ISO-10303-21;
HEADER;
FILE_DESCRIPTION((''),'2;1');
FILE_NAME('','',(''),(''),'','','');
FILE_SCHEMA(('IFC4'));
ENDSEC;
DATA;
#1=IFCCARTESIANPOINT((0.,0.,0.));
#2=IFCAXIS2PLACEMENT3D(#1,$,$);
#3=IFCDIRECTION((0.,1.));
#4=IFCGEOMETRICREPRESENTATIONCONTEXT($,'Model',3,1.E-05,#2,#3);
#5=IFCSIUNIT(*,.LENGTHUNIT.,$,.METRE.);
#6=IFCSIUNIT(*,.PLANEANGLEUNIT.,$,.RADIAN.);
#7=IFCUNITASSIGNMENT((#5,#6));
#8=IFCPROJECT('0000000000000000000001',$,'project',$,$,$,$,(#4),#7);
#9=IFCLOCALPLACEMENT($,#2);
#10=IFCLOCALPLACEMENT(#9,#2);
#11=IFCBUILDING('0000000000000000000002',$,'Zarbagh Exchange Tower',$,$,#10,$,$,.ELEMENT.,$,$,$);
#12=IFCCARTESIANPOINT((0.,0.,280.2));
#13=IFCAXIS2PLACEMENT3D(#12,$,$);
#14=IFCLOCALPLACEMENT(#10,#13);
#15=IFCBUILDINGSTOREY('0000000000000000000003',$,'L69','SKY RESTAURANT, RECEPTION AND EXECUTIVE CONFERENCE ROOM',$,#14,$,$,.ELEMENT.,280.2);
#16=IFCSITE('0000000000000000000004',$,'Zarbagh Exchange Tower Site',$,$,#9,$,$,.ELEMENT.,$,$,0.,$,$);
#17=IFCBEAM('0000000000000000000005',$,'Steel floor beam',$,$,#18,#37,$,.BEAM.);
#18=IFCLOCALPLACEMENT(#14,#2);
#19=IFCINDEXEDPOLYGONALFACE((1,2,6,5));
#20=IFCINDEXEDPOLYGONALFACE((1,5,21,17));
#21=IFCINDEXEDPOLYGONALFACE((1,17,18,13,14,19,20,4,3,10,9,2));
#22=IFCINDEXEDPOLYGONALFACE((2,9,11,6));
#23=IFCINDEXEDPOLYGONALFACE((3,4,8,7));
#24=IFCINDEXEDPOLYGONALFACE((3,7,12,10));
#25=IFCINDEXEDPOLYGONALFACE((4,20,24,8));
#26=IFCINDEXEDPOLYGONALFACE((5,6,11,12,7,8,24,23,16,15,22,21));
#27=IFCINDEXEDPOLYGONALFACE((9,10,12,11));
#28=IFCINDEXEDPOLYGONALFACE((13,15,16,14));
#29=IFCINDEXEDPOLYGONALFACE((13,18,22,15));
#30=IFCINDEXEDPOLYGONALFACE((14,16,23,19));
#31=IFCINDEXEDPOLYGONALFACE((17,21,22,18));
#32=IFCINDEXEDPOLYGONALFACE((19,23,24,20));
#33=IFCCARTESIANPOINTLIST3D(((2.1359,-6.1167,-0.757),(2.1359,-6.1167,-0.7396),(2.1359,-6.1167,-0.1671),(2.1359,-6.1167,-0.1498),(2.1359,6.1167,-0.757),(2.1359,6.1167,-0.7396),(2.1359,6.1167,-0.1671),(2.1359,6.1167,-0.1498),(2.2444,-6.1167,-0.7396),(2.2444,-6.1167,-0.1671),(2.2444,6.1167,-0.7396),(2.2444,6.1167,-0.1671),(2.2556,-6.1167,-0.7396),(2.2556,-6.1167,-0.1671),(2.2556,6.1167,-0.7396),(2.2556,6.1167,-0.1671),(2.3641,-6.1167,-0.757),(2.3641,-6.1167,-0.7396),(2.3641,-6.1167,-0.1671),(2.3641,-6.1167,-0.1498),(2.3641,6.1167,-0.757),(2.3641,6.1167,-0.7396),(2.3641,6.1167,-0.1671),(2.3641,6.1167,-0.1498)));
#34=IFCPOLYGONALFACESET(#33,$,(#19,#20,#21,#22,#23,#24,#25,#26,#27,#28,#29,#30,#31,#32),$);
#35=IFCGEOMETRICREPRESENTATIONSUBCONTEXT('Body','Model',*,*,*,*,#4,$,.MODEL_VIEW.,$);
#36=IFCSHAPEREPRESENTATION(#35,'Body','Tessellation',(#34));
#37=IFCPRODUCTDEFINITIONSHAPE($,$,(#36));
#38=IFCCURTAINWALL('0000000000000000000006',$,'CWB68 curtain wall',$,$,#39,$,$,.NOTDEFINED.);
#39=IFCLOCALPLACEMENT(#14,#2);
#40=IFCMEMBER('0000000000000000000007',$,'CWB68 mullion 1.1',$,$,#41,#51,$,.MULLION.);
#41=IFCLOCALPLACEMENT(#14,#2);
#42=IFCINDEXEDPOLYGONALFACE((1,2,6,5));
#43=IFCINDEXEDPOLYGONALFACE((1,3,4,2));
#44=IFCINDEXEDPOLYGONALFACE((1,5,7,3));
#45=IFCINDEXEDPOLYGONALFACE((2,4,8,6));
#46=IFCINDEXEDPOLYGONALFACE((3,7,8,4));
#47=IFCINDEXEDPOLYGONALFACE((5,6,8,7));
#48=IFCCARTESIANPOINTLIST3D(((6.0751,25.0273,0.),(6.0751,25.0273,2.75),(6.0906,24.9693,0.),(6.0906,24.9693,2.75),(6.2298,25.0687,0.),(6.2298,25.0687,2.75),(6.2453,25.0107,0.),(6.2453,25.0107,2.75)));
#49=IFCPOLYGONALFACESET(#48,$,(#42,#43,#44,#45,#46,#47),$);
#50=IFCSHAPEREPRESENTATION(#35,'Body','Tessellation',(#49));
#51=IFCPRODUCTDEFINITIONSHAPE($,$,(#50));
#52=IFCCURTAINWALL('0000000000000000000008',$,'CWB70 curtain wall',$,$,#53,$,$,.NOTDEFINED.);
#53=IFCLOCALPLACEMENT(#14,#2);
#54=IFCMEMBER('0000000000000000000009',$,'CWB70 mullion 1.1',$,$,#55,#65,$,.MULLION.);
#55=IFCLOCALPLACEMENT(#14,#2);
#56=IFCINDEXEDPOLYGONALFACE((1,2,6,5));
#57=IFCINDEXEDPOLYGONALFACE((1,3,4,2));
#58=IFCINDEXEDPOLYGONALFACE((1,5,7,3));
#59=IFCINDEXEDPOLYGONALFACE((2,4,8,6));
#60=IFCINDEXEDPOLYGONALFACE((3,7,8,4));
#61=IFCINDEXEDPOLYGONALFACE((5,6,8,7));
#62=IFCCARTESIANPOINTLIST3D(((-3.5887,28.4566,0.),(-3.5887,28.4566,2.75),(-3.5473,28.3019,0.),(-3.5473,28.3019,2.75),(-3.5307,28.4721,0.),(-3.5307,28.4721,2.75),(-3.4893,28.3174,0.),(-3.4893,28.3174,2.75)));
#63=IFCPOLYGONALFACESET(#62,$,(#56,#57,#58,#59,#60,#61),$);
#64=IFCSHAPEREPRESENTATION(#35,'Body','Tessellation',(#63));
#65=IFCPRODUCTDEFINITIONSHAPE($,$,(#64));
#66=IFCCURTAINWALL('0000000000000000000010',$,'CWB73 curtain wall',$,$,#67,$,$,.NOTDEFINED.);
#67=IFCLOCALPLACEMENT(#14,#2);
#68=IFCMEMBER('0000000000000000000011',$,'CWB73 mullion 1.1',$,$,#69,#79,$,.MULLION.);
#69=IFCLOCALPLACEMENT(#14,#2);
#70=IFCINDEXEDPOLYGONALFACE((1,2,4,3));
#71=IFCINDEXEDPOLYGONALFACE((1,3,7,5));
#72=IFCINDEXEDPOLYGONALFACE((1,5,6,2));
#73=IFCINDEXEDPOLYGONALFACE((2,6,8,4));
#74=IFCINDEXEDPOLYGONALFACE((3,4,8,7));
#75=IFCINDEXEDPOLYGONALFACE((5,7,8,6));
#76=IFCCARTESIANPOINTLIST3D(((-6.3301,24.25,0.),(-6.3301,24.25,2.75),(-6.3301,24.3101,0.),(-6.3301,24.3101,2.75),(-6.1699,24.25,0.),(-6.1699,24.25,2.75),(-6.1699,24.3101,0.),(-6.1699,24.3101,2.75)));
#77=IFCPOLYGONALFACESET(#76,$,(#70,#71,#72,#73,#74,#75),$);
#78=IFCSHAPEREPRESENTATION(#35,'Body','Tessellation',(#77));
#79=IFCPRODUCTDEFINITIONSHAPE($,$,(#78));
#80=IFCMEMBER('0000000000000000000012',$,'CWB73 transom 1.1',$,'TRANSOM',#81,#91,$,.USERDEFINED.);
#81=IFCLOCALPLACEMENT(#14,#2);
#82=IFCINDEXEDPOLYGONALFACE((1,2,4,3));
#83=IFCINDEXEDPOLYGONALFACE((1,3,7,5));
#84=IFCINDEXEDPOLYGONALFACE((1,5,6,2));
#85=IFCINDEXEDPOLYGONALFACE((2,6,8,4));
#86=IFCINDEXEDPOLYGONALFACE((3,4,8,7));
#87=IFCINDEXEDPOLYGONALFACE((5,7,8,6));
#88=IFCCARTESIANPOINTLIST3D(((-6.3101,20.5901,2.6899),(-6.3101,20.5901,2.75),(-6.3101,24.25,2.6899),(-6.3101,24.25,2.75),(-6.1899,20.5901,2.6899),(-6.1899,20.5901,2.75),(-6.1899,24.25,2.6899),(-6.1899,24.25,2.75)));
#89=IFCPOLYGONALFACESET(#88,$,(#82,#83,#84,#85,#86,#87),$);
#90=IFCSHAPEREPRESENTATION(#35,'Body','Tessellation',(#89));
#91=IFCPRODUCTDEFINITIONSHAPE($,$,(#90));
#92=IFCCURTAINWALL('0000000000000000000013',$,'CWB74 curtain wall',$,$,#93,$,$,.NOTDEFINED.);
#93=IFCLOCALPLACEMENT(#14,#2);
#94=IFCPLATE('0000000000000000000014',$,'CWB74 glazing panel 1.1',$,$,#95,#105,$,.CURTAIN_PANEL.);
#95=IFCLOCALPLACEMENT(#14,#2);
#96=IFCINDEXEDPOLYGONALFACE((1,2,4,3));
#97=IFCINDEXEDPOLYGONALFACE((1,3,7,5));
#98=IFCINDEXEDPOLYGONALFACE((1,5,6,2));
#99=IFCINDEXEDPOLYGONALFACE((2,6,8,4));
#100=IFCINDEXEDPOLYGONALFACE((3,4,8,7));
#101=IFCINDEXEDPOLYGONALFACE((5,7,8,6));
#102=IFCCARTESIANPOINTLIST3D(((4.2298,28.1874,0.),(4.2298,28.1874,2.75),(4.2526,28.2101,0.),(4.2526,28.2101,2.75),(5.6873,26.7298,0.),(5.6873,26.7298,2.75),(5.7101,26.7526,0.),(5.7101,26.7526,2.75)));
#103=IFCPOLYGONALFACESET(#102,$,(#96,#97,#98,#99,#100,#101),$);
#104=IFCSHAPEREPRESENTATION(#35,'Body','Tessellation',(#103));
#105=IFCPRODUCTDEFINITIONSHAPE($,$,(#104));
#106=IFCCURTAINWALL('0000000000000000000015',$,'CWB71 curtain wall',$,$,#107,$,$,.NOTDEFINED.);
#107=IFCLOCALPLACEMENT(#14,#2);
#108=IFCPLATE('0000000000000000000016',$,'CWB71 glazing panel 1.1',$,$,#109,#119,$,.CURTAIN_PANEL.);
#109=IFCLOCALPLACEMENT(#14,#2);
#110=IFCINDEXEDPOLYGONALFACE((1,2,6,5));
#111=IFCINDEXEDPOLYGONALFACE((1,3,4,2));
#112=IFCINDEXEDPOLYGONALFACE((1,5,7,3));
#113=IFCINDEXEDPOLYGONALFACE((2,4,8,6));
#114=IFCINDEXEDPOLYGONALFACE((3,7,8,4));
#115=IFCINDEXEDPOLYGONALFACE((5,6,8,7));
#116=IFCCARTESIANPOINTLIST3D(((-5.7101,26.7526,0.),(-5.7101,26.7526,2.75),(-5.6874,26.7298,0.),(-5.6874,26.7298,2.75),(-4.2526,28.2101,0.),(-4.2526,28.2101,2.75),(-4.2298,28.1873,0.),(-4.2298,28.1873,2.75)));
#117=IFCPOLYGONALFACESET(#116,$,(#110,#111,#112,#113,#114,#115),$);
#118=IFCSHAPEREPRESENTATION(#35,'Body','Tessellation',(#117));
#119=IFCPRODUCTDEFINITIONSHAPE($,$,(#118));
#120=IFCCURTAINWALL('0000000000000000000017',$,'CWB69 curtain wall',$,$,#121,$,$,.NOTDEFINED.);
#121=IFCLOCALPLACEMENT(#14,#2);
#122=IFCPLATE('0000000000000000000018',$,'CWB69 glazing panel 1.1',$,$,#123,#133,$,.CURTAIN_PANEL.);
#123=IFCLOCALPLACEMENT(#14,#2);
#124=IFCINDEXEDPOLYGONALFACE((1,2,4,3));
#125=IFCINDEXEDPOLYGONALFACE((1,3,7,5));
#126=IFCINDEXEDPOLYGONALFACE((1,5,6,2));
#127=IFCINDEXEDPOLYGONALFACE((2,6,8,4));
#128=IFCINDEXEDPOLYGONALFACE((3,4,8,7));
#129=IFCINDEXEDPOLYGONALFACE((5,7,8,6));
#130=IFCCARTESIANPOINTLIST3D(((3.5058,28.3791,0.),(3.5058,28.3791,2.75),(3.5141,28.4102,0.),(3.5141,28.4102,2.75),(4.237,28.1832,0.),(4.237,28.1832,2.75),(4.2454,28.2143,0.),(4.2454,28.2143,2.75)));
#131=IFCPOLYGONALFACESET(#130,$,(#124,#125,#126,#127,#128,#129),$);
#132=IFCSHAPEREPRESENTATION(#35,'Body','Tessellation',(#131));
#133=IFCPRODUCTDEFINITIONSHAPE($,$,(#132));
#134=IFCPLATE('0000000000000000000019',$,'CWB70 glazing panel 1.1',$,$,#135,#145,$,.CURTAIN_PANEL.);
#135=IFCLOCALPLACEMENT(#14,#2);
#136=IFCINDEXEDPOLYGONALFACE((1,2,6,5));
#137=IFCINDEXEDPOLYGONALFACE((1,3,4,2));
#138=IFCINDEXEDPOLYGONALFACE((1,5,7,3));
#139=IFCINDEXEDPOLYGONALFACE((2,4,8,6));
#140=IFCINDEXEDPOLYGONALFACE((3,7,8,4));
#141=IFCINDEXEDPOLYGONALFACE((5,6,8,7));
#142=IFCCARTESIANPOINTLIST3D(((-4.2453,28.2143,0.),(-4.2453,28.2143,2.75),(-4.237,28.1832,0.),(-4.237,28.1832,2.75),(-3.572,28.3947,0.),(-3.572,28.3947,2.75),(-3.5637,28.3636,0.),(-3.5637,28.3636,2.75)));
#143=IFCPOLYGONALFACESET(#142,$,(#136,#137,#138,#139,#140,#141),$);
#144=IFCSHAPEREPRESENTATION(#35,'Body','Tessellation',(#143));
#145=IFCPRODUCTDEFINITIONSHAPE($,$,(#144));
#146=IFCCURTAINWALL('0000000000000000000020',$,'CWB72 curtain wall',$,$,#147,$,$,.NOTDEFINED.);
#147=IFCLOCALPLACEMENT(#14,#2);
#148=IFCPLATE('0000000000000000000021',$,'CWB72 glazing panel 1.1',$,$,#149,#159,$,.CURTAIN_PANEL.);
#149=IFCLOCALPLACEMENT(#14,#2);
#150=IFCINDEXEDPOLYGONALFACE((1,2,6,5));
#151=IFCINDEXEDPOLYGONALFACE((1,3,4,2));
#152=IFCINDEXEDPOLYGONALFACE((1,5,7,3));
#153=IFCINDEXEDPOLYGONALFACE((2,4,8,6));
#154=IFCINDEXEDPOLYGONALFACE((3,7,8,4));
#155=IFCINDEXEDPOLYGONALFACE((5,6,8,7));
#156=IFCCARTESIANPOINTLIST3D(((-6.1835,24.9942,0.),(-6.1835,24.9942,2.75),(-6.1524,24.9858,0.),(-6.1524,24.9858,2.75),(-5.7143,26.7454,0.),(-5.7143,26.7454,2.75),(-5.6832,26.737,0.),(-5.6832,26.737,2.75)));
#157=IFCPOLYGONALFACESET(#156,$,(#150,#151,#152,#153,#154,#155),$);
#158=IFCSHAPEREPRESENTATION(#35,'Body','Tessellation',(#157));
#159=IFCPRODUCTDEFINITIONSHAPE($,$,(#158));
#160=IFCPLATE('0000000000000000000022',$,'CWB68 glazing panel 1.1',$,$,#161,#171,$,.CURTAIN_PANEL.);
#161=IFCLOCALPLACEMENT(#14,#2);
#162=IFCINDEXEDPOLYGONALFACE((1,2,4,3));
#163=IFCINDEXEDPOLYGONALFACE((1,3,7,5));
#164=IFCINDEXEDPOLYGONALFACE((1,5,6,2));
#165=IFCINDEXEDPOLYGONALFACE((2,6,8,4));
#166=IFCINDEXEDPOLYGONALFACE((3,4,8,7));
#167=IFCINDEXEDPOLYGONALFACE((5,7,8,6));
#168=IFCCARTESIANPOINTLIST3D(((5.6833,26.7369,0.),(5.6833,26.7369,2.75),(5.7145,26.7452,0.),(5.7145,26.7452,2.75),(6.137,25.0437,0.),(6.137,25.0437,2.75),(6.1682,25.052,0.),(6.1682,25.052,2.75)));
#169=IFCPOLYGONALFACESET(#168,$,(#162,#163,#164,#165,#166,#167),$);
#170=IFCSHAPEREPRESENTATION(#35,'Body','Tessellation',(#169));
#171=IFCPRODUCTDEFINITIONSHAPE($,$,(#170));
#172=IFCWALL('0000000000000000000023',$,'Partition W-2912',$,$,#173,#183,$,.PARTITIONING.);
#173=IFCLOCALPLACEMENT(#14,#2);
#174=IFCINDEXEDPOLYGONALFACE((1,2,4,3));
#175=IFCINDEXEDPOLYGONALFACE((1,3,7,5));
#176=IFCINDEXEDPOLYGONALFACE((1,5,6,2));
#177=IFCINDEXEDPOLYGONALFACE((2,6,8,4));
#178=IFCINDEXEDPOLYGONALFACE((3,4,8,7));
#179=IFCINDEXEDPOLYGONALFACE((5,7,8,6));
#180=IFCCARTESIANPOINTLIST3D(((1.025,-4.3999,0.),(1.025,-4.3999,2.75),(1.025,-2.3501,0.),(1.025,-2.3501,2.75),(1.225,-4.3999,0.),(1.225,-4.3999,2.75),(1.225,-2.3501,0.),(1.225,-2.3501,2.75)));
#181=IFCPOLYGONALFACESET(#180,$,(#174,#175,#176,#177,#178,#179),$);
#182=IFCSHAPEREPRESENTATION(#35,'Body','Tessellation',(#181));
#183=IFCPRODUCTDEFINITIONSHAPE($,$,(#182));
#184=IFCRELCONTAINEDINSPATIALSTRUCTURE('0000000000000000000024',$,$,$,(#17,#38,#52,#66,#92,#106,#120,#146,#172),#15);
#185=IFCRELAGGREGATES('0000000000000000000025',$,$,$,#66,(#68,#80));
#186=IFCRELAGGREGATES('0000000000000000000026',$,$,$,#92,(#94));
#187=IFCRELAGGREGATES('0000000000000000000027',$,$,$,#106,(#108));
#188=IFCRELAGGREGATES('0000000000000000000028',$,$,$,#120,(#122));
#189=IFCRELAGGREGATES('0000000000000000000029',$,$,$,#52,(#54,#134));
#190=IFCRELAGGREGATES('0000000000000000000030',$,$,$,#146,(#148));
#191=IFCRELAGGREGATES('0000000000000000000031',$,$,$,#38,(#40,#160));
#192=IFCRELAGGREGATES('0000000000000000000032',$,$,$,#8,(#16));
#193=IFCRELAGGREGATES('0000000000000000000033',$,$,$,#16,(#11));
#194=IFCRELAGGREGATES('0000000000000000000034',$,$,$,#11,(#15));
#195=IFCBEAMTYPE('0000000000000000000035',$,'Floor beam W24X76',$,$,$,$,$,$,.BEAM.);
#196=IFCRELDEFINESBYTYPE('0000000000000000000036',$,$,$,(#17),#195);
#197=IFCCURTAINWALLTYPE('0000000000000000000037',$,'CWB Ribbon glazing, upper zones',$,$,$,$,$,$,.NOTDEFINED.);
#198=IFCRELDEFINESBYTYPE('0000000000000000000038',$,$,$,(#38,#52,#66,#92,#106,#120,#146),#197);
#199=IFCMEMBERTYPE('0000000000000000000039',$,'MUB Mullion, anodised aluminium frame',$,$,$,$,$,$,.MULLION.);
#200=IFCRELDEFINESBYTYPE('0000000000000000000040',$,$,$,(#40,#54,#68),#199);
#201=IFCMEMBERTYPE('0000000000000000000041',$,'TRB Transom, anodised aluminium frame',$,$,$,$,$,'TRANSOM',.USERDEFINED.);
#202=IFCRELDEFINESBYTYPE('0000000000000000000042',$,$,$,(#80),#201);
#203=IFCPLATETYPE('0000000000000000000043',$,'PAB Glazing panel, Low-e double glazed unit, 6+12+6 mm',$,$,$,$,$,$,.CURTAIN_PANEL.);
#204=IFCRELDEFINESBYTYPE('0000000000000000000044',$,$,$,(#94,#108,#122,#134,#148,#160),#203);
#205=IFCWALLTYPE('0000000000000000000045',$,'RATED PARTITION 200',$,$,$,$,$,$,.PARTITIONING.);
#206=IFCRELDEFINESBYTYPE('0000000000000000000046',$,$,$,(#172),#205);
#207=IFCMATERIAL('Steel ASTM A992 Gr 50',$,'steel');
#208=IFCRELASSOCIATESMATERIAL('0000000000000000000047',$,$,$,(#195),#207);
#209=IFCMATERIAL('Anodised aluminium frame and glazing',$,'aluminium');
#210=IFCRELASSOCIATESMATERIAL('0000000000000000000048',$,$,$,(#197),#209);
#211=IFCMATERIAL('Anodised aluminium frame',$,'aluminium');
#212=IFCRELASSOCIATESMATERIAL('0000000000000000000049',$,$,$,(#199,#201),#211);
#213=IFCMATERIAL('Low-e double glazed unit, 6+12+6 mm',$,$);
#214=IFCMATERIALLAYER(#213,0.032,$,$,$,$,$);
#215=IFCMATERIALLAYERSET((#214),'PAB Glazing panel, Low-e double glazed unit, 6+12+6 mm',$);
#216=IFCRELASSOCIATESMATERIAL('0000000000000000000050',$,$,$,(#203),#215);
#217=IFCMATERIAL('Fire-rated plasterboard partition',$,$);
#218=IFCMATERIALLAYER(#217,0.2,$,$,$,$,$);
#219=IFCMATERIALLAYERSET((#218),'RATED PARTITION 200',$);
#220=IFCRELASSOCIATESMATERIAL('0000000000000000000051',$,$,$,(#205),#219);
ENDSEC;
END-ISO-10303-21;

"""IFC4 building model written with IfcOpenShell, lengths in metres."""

from ifc_helpers import new_model, si_unit, direction, frame, frame_2d, origin, origin_2d, place, context, subcontext, project, spatial, polyline, rectangle, i_section, outline, extrude, source, transform, mapped, material, layer, layer_set, material_profile, profile_set, type_object, element, aggregate, save


model = new_model("IFC4")

# Units and contexts
model_context = context("Model", 3, precision=1e-05, world=origin(), true_north=direction((0.0, 1.0)))
body_context = subcontext(model_context, "Body", "Model", "MODEL_VIEW")
ifc_project = project(units=[si_unit("LENGTHUNIT", "METRE"), si_unit("PLANEANGLEUNIT", "RADIAN")], contexts=[model_context])

# Site, building, storey
site_placement = place(None, origin())
site = spatial("IfcSite", under=ifc_project, at=site_placement, Name="Zarbagh Exchange Tower Site", CompositionType="ELEMENT", RefElevation=0.0)
building_placement = place(site_placement, origin())
building = spatial("IfcBuilding", under=site, at=building_placement, Name="Zarbagh Exchange Tower", CompositionType="ELEMENT")
storey_placement = place(building_placement, frame((0.0, 0.0, 280.2)))
storey = spatial("IfcBuildingStorey", under=building, at=storey_placement, Name="L69", Description="SKY RESTAURANT, RECEPTION AND EXECUTIVE CONFERENCE ROOM", CompositionType="ELEMENT", Elevation=280.2)

# Beam
ifc_material_1 = material(Name="Steel ASTM A992 Gr 50", Category="steel")
ifc_material_profile = material_profile(ifc_material_1, i_section(OverallWidth=0.2283, OverallDepth=0.6072, WebThickness=0.0112, FlangeThickness=0.0173, at=origin_2d()), Name="W24X76")
ifc_profile_set = profile_set([ifc_material_profile], Name="Steel ASTM A992 Gr 50")
beam_type = type_object("IfcBeamType", Name="Floor beam W24X76", PredefinedType="BEAM", material=ifc_profile_set)
beam_placement = place(storey_placement, frame((2.25, -6.1167, -0.4534), z_axis=(0.0, 1.0, 0.0), x_axis=(-1.0, 0.0, 0.0)))
element("IfcBeam", 1, at=beam_placement, inside=storey, type_object=beam_type, Name="Steel floor beam", PredefinedType="BEAM", context=body_context, shape_type="SweptSolid", body=[
    extrude(i_section(OverallWidth=0.2283, OverallDepth=0.6072, WebThickness=0.0112, FlangeThickness=0.0173, at=origin_2d()), origin(), (0.0, 0.0, 1.0), 12.2334),
])

# Curtain walls, members
ifc_material_2 = material(Name="Anodised aluminium frame and glazing", Category="aluminium")
curtain_wall_type = type_object("IfcCurtainWallType", Name="CWB Ribbon glazing, upper zones", PredefinedType="NOTDEFINED", material=ifc_material_2)
curtain_wall_1_placement = place(storey_placement, origin())
curtain_wall_1 = element("IfcCurtainWall", 2, at=curtain_wall_1_placement, inside=storey, type_object=curtain_wall_type, Name="CWB68 curtain wall", PredefinedType="NOTDEFINED")
ifc_material_3 = material(Name="Anodised aluminium frame", Category="aluminium")
member_type_1 = type_object("IfcMemberType", Name="MUB Mullion, anodised aluminium frame", PredefinedType="MULLION", material=ifc_material_3)
shared_shape_1 = source(origin(), body_context, "Body", "SweptSolid", [
    extrude(outline(polyline([(0.0, -0.0801), (0.0601, -0.0801), (0.0601, 0.0801), (0.0, 0.0801), (0.0, -0.0801)])), origin(), (0.0, 0.0, 1.0), 2.75),
])
placement = place(storey_placement, origin())
member_1 = element("IfcMember", 3, at=placement, type_object=member_type_1, Name="CWB68 mullion 1.1", PredefinedType="MULLION", context=body_context, shape_type="MappedRepresentation", body=[
    mapped(shared_shape_1, transform((6.168, 24.99, 0.0), x_axis=(-0.258825, 0.965924, 0.0), y_axis=(-0.965924, -0.258825, 0.0), z_axis=(0.0, 0.0, 1.0))),
])
curtain_wall_2_placement = place(storey_placement, origin())
curtain_wall_2 = element("IfcCurtainWall", 4, at=curtain_wall_2_placement, inside=storey, type_object=curtain_wall_type, Name="CWB70 curtain wall", PredefinedType="NOTDEFINED")
member_2 = element("IfcMember", 5, at=placement, type_object=member_type_1, Name="CWB70 mullion 1.1", PredefinedType="MULLION", context=body_context, shape_type="MappedRepresentation", body=[
    mapped(shared_shape_1, transform((-3.51, 28.3948, 0.0), x_axis=(-0.965924, -0.258825, 0.0), y_axis=(0.258825, -0.965924, 0.0), z_axis=(0.0, 0.0, 1.0))),
])

# Curtain wall, members
curtain_wall_3_placement = place(storey_placement, origin())
curtain_wall_3 = element("IfcCurtainWall", 6, at=curtain_wall_3_placement, inside=storey, type_object=curtain_wall_type, Name="CWB73 curtain wall", PredefinedType="NOTDEFINED")
member_3 = element("IfcMember", 7, at=placement, type_object=member_type_1, Name="CWB73 mullion 1.1", PredefinedType="MULLION", context=body_context, shape_type="MappedRepresentation", body=[
    mapped(shared_shape_1, transform((-6.25, 24.3101, 0.0), x_axis=(0.0, -1.0, 0.0), y_axis=(1.0, 0.0, 0.0), z_axis=(0.0, 0.0, 1.0))),
])
member_type_2 = type_object("IfcMemberType", Name="TRB Transom, anodised aluminium frame", ElementType="TRANSOM", PredefinedType="USERDEFINED", material=ifc_material_3)
shared_shape_2 = source(origin(), body_context, "Body", "SweptSolid", [
    extrude(outline(polyline([(-0.0601, -0.0601), (0.0, -0.0601), (0.0, 0.0601), (-0.0601, 0.0601), (-0.0601, -0.0601)])), origin(), (0.0, 0.0, 1.0), 3.6599),
])
member_4 = element("IfcMember", 8, at=placement, type_object=member_type_2, Name="CWB73 transom 1.1", ObjectType="TRANSOM", PredefinedType="USERDEFINED", context=body_context, shape_type="MappedRepresentation", body=[
    mapped(shared_shape_2, transform((-6.25, 24.25, 2.75), x_axis=(0.0, 0.0, 1.0), y_axis=(-1.0, 0.0, 0.0), z_axis=(0.0, -1.0, 0.0))),
])
aggregate(curtain_wall_3, [member_3, member_4])

# Curtain walls, plates
curtain_wall_4_placement = place(storey_placement, origin())
curtain_wall_4 = element("IfcCurtainWall", 9, at=curtain_wall_4_placement, inside=storey, type_object=curtain_wall_type, Name="CWB74 curtain wall", PredefinedType="NOTDEFINED")
ifc_material_4 = material(Name="Low-e double glazed unit, 6+12+6 mm")
ifc_layer_1 = layer(ifc_material_4, 0.032)
ifc_layer_set_1 = layer_set([ifc_layer_1], Name="PAB Glazing panel, Low-e double glazed unit, 6+12+6 mm")
plate_type = type_object("IfcPlateType", Name="PAB Glazing panel, Low-e double glazed unit, 6+12+6 mm", PredefinedType="CURTAIN_PANEL", material=ifc_layer_set_1)
shared_shape_3 = source(origin(), body_context, "Body", "SweptSolid", [
    extrude(outline(polyline([(0.0, -0.0161), (2.0613, -0.0161), (2.0613, 0.0161), (0.0, 0.0161), (0.0, -0.0161)])), origin(), (0.0, 0.0, 1.0), 2.75),
])
plate_1 = element("IfcPlate", 10, at=placement, type_object=plate_type, Name="CWB74 glazing panel 1.1", PredefinedType="CURTAIN_PANEL", context=body_context, shape_type="MappedRepresentation", body=[
    mapped(shared_shape_3, transform((5.6987, 26.7412, 0.0), x_axis=(-0.707107, 0.707107, 0.0), y_axis=(-0.707107, -0.707107, 0.0), z_axis=(0.0, 0.0, 1.0))),
])
aggregate(curtain_wall_4, [plate_1])
curtain_wall_5_placement = place(storey_placement, origin())
curtain_wall_5 = element("IfcCurtainWall", 11, at=curtain_wall_5_placement, inside=storey, type_object=curtain_wall_type, Name="CWB71 curtain wall", PredefinedType="NOTDEFINED")
plate_2 = element("IfcPlate", 12, at=placement, type_object=plate_type, Name="CWB71 glazing panel 1.1", PredefinedType="CURTAIN_PANEL", context=body_context, shape_type="MappedRepresentation", body=[
    mapped(shared_shape_3, transform((-4.2412, 28.1987, 0.0), x_axis=(-0.707107, -0.707107, 0.0), y_axis=(0.707107, -0.707107, 0.0), z_axis=(0.0, 0.0, 1.0))),
])
aggregate(curtain_wall_5, [plate_2])
curtain_wall_6_placement = place(storey_placement, origin())
curtain_wall_6 = element("IfcCurtainWall", 13, at=curtain_wall_6_placement, inside=storey, type_object=curtain_wall_type, Name="CWB69 curtain wall", PredefinedType="NOTDEFINED")
shared_shape_4 = source(origin(), body_context, "Body", "SweptSolid", [
    extrude(outline(polyline([(0.0, -0.0161), (0.7571, -0.0161), (0.7571, 0.0161), (0.0, 0.0161), (0.0, -0.0161)])), origin(), (0.0, 0.0, 1.0), 2.75),
])
plate_3 = element("IfcPlate", 14, at=placement, type_object=plate_type, Name="CWB69 glazing panel 1.1", PredefinedType="CURTAIN_PANEL", context=body_context, shape_type="MappedRepresentation", body=[
    mapped(shared_shape_4, transform((4.2412, 28.1987, 0.0), x_axis=(-0.965924, 0.258825, 0.0), y_axis=(-0.258825, -0.965924, 0.0), z_axis=(0.0, 0.0, 1.0))),
])
aggregate(curtain_wall_6, [plate_3])

# Plate
shared_shape_5 = source(origin(), body_context, "Body", "SweptSolid", [
    extrude(outline(polyline([(0.0, -0.0161), (0.697, -0.0161), (0.697, 0.0161), (0.0, 0.0161), (0.0, -0.0161)])), origin(), (0.0, 0.0, 1.0), 2.75),
])
plate_4 = element("IfcPlate", 15, at=placement, type_object=plate_type, Name="CWB70 glazing panel 1.1", PredefinedType="CURTAIN_PANEL", context=body_context, shape_type="MappedRepresentation", body=[
    mapped(shared_shape_5, transform((-3.5679, 28.3792, 0.0), x_axis=(-0.965924, -0.258825, 0.0), y_axis=(0.258825, -0.965924, 0.0), z_axis=(0.0, 0.0, 1.0))),
])
aggregate(curtain_wall_2, [member_2, plate_4])

# Curtain wall, plate
curtain_wall_7_placement = place(storey_placement, origin())
curtain_wall_7 = element("IfcCurtainWall", 16, at=curtain_wall_7_placement, inside=storey, type_object=curtain_wall_type, Name="CWB72 curtain wall", PredefinedType="NOTDEFINED")
shared_shape_6 = source(origin(), body_context, "Body", "SweptSolid", [
    extrude(outline(polyline([(0.0, -0.0161), (1.813, -0.0161), (1.813, 0.0161), (0.0, 0.0161), (0.0, -0.0161)])), origin(), (0.0, 0.0, 1.0), 2.75),
])
plate_5 = element("IfcPlate", 17, at=placement, type_object=plate_type, Name="CWB72 glazing panel 1.1", PredefinedType="CURTAIN_PANEL", context=body_context, shape_type="MappedRepresentation", body=[
    mapped(shared_shape_6, transform((-5.6987, 26.7412, 0.0), x_axis=(-0.258825, -0.965924, 0.0), y_axis=(0.965924, -0.258825, 0.0), z_axis=(0.0, 0.0, 1.0))),
])
aggregate(curtain_wall_7, [plate_5])

# Plate
shared_shape_7 = source(origin(), body_context, "Body", "SweptSolid", [
    extrude(outline(polyline([(0.0, -0.0161), (1.7529, -0.0161), (1.7529, 0.0161), (0.0, 0.0161), (0.0, -0.0161)])), origin(), (0.0, 0.0, 1.0), 2.75),
])
plate_6 = element("IfcPlate", 18, at=placement, type_object=plate_type, Name="CWB68 glazing panel 1.1", PredefinedType="CURTAIN_PANEL", context=body_context, shape_type="MappedRepresentation", body=[
    mapped(shared_shape_7, transform((6.1526, 25.0479, 0.0), x_axis=(-0.258825, 0.965924, 0.0), y_axis=(-0.965924, -0.258825, 0.0), z_axis=(0.0, 0.0, 1.0))),
])
aggregate(curtain_wall_1, [member_1, plate_6])

# Wall
ifc_material_5 = material(Name="Fire-rated plasterboard partition")
ifc_layer_2 = layer(ifc_material_5, 0.2)
ifc_layer_set_2 = layer_set([ifc_layer_2], Name="RATED PARTITION 200")
wall_type_1 = type_object("IfcWallType", Name="RATED PARTITION 200", PredefinedType="PARTITIONING", material=ifc_layer_set_2)
wall_1_placement = place(storey_placement, frame((1.125, -4.3999, 0.0), z_axis=(0.0, 0.0, 1.0), x_axis=(0.0, 1.0, 0.0)))
element("IfcWall", 19, at=wall_1_placement, inside=storey, type_object=wall_type_1, Name="Partition W-2912", PredefinedType="PARTITIONING", context=body_context, shape_type="SweptSolid", body=[
    extrude(rectangle(XDim=2.0498, YDim=0.2, at=frame_2d((1.0249, 0.0))), origin(), (0.0, 0.0, 1.0), 2.75),
])

save(model, "model.ifc")
